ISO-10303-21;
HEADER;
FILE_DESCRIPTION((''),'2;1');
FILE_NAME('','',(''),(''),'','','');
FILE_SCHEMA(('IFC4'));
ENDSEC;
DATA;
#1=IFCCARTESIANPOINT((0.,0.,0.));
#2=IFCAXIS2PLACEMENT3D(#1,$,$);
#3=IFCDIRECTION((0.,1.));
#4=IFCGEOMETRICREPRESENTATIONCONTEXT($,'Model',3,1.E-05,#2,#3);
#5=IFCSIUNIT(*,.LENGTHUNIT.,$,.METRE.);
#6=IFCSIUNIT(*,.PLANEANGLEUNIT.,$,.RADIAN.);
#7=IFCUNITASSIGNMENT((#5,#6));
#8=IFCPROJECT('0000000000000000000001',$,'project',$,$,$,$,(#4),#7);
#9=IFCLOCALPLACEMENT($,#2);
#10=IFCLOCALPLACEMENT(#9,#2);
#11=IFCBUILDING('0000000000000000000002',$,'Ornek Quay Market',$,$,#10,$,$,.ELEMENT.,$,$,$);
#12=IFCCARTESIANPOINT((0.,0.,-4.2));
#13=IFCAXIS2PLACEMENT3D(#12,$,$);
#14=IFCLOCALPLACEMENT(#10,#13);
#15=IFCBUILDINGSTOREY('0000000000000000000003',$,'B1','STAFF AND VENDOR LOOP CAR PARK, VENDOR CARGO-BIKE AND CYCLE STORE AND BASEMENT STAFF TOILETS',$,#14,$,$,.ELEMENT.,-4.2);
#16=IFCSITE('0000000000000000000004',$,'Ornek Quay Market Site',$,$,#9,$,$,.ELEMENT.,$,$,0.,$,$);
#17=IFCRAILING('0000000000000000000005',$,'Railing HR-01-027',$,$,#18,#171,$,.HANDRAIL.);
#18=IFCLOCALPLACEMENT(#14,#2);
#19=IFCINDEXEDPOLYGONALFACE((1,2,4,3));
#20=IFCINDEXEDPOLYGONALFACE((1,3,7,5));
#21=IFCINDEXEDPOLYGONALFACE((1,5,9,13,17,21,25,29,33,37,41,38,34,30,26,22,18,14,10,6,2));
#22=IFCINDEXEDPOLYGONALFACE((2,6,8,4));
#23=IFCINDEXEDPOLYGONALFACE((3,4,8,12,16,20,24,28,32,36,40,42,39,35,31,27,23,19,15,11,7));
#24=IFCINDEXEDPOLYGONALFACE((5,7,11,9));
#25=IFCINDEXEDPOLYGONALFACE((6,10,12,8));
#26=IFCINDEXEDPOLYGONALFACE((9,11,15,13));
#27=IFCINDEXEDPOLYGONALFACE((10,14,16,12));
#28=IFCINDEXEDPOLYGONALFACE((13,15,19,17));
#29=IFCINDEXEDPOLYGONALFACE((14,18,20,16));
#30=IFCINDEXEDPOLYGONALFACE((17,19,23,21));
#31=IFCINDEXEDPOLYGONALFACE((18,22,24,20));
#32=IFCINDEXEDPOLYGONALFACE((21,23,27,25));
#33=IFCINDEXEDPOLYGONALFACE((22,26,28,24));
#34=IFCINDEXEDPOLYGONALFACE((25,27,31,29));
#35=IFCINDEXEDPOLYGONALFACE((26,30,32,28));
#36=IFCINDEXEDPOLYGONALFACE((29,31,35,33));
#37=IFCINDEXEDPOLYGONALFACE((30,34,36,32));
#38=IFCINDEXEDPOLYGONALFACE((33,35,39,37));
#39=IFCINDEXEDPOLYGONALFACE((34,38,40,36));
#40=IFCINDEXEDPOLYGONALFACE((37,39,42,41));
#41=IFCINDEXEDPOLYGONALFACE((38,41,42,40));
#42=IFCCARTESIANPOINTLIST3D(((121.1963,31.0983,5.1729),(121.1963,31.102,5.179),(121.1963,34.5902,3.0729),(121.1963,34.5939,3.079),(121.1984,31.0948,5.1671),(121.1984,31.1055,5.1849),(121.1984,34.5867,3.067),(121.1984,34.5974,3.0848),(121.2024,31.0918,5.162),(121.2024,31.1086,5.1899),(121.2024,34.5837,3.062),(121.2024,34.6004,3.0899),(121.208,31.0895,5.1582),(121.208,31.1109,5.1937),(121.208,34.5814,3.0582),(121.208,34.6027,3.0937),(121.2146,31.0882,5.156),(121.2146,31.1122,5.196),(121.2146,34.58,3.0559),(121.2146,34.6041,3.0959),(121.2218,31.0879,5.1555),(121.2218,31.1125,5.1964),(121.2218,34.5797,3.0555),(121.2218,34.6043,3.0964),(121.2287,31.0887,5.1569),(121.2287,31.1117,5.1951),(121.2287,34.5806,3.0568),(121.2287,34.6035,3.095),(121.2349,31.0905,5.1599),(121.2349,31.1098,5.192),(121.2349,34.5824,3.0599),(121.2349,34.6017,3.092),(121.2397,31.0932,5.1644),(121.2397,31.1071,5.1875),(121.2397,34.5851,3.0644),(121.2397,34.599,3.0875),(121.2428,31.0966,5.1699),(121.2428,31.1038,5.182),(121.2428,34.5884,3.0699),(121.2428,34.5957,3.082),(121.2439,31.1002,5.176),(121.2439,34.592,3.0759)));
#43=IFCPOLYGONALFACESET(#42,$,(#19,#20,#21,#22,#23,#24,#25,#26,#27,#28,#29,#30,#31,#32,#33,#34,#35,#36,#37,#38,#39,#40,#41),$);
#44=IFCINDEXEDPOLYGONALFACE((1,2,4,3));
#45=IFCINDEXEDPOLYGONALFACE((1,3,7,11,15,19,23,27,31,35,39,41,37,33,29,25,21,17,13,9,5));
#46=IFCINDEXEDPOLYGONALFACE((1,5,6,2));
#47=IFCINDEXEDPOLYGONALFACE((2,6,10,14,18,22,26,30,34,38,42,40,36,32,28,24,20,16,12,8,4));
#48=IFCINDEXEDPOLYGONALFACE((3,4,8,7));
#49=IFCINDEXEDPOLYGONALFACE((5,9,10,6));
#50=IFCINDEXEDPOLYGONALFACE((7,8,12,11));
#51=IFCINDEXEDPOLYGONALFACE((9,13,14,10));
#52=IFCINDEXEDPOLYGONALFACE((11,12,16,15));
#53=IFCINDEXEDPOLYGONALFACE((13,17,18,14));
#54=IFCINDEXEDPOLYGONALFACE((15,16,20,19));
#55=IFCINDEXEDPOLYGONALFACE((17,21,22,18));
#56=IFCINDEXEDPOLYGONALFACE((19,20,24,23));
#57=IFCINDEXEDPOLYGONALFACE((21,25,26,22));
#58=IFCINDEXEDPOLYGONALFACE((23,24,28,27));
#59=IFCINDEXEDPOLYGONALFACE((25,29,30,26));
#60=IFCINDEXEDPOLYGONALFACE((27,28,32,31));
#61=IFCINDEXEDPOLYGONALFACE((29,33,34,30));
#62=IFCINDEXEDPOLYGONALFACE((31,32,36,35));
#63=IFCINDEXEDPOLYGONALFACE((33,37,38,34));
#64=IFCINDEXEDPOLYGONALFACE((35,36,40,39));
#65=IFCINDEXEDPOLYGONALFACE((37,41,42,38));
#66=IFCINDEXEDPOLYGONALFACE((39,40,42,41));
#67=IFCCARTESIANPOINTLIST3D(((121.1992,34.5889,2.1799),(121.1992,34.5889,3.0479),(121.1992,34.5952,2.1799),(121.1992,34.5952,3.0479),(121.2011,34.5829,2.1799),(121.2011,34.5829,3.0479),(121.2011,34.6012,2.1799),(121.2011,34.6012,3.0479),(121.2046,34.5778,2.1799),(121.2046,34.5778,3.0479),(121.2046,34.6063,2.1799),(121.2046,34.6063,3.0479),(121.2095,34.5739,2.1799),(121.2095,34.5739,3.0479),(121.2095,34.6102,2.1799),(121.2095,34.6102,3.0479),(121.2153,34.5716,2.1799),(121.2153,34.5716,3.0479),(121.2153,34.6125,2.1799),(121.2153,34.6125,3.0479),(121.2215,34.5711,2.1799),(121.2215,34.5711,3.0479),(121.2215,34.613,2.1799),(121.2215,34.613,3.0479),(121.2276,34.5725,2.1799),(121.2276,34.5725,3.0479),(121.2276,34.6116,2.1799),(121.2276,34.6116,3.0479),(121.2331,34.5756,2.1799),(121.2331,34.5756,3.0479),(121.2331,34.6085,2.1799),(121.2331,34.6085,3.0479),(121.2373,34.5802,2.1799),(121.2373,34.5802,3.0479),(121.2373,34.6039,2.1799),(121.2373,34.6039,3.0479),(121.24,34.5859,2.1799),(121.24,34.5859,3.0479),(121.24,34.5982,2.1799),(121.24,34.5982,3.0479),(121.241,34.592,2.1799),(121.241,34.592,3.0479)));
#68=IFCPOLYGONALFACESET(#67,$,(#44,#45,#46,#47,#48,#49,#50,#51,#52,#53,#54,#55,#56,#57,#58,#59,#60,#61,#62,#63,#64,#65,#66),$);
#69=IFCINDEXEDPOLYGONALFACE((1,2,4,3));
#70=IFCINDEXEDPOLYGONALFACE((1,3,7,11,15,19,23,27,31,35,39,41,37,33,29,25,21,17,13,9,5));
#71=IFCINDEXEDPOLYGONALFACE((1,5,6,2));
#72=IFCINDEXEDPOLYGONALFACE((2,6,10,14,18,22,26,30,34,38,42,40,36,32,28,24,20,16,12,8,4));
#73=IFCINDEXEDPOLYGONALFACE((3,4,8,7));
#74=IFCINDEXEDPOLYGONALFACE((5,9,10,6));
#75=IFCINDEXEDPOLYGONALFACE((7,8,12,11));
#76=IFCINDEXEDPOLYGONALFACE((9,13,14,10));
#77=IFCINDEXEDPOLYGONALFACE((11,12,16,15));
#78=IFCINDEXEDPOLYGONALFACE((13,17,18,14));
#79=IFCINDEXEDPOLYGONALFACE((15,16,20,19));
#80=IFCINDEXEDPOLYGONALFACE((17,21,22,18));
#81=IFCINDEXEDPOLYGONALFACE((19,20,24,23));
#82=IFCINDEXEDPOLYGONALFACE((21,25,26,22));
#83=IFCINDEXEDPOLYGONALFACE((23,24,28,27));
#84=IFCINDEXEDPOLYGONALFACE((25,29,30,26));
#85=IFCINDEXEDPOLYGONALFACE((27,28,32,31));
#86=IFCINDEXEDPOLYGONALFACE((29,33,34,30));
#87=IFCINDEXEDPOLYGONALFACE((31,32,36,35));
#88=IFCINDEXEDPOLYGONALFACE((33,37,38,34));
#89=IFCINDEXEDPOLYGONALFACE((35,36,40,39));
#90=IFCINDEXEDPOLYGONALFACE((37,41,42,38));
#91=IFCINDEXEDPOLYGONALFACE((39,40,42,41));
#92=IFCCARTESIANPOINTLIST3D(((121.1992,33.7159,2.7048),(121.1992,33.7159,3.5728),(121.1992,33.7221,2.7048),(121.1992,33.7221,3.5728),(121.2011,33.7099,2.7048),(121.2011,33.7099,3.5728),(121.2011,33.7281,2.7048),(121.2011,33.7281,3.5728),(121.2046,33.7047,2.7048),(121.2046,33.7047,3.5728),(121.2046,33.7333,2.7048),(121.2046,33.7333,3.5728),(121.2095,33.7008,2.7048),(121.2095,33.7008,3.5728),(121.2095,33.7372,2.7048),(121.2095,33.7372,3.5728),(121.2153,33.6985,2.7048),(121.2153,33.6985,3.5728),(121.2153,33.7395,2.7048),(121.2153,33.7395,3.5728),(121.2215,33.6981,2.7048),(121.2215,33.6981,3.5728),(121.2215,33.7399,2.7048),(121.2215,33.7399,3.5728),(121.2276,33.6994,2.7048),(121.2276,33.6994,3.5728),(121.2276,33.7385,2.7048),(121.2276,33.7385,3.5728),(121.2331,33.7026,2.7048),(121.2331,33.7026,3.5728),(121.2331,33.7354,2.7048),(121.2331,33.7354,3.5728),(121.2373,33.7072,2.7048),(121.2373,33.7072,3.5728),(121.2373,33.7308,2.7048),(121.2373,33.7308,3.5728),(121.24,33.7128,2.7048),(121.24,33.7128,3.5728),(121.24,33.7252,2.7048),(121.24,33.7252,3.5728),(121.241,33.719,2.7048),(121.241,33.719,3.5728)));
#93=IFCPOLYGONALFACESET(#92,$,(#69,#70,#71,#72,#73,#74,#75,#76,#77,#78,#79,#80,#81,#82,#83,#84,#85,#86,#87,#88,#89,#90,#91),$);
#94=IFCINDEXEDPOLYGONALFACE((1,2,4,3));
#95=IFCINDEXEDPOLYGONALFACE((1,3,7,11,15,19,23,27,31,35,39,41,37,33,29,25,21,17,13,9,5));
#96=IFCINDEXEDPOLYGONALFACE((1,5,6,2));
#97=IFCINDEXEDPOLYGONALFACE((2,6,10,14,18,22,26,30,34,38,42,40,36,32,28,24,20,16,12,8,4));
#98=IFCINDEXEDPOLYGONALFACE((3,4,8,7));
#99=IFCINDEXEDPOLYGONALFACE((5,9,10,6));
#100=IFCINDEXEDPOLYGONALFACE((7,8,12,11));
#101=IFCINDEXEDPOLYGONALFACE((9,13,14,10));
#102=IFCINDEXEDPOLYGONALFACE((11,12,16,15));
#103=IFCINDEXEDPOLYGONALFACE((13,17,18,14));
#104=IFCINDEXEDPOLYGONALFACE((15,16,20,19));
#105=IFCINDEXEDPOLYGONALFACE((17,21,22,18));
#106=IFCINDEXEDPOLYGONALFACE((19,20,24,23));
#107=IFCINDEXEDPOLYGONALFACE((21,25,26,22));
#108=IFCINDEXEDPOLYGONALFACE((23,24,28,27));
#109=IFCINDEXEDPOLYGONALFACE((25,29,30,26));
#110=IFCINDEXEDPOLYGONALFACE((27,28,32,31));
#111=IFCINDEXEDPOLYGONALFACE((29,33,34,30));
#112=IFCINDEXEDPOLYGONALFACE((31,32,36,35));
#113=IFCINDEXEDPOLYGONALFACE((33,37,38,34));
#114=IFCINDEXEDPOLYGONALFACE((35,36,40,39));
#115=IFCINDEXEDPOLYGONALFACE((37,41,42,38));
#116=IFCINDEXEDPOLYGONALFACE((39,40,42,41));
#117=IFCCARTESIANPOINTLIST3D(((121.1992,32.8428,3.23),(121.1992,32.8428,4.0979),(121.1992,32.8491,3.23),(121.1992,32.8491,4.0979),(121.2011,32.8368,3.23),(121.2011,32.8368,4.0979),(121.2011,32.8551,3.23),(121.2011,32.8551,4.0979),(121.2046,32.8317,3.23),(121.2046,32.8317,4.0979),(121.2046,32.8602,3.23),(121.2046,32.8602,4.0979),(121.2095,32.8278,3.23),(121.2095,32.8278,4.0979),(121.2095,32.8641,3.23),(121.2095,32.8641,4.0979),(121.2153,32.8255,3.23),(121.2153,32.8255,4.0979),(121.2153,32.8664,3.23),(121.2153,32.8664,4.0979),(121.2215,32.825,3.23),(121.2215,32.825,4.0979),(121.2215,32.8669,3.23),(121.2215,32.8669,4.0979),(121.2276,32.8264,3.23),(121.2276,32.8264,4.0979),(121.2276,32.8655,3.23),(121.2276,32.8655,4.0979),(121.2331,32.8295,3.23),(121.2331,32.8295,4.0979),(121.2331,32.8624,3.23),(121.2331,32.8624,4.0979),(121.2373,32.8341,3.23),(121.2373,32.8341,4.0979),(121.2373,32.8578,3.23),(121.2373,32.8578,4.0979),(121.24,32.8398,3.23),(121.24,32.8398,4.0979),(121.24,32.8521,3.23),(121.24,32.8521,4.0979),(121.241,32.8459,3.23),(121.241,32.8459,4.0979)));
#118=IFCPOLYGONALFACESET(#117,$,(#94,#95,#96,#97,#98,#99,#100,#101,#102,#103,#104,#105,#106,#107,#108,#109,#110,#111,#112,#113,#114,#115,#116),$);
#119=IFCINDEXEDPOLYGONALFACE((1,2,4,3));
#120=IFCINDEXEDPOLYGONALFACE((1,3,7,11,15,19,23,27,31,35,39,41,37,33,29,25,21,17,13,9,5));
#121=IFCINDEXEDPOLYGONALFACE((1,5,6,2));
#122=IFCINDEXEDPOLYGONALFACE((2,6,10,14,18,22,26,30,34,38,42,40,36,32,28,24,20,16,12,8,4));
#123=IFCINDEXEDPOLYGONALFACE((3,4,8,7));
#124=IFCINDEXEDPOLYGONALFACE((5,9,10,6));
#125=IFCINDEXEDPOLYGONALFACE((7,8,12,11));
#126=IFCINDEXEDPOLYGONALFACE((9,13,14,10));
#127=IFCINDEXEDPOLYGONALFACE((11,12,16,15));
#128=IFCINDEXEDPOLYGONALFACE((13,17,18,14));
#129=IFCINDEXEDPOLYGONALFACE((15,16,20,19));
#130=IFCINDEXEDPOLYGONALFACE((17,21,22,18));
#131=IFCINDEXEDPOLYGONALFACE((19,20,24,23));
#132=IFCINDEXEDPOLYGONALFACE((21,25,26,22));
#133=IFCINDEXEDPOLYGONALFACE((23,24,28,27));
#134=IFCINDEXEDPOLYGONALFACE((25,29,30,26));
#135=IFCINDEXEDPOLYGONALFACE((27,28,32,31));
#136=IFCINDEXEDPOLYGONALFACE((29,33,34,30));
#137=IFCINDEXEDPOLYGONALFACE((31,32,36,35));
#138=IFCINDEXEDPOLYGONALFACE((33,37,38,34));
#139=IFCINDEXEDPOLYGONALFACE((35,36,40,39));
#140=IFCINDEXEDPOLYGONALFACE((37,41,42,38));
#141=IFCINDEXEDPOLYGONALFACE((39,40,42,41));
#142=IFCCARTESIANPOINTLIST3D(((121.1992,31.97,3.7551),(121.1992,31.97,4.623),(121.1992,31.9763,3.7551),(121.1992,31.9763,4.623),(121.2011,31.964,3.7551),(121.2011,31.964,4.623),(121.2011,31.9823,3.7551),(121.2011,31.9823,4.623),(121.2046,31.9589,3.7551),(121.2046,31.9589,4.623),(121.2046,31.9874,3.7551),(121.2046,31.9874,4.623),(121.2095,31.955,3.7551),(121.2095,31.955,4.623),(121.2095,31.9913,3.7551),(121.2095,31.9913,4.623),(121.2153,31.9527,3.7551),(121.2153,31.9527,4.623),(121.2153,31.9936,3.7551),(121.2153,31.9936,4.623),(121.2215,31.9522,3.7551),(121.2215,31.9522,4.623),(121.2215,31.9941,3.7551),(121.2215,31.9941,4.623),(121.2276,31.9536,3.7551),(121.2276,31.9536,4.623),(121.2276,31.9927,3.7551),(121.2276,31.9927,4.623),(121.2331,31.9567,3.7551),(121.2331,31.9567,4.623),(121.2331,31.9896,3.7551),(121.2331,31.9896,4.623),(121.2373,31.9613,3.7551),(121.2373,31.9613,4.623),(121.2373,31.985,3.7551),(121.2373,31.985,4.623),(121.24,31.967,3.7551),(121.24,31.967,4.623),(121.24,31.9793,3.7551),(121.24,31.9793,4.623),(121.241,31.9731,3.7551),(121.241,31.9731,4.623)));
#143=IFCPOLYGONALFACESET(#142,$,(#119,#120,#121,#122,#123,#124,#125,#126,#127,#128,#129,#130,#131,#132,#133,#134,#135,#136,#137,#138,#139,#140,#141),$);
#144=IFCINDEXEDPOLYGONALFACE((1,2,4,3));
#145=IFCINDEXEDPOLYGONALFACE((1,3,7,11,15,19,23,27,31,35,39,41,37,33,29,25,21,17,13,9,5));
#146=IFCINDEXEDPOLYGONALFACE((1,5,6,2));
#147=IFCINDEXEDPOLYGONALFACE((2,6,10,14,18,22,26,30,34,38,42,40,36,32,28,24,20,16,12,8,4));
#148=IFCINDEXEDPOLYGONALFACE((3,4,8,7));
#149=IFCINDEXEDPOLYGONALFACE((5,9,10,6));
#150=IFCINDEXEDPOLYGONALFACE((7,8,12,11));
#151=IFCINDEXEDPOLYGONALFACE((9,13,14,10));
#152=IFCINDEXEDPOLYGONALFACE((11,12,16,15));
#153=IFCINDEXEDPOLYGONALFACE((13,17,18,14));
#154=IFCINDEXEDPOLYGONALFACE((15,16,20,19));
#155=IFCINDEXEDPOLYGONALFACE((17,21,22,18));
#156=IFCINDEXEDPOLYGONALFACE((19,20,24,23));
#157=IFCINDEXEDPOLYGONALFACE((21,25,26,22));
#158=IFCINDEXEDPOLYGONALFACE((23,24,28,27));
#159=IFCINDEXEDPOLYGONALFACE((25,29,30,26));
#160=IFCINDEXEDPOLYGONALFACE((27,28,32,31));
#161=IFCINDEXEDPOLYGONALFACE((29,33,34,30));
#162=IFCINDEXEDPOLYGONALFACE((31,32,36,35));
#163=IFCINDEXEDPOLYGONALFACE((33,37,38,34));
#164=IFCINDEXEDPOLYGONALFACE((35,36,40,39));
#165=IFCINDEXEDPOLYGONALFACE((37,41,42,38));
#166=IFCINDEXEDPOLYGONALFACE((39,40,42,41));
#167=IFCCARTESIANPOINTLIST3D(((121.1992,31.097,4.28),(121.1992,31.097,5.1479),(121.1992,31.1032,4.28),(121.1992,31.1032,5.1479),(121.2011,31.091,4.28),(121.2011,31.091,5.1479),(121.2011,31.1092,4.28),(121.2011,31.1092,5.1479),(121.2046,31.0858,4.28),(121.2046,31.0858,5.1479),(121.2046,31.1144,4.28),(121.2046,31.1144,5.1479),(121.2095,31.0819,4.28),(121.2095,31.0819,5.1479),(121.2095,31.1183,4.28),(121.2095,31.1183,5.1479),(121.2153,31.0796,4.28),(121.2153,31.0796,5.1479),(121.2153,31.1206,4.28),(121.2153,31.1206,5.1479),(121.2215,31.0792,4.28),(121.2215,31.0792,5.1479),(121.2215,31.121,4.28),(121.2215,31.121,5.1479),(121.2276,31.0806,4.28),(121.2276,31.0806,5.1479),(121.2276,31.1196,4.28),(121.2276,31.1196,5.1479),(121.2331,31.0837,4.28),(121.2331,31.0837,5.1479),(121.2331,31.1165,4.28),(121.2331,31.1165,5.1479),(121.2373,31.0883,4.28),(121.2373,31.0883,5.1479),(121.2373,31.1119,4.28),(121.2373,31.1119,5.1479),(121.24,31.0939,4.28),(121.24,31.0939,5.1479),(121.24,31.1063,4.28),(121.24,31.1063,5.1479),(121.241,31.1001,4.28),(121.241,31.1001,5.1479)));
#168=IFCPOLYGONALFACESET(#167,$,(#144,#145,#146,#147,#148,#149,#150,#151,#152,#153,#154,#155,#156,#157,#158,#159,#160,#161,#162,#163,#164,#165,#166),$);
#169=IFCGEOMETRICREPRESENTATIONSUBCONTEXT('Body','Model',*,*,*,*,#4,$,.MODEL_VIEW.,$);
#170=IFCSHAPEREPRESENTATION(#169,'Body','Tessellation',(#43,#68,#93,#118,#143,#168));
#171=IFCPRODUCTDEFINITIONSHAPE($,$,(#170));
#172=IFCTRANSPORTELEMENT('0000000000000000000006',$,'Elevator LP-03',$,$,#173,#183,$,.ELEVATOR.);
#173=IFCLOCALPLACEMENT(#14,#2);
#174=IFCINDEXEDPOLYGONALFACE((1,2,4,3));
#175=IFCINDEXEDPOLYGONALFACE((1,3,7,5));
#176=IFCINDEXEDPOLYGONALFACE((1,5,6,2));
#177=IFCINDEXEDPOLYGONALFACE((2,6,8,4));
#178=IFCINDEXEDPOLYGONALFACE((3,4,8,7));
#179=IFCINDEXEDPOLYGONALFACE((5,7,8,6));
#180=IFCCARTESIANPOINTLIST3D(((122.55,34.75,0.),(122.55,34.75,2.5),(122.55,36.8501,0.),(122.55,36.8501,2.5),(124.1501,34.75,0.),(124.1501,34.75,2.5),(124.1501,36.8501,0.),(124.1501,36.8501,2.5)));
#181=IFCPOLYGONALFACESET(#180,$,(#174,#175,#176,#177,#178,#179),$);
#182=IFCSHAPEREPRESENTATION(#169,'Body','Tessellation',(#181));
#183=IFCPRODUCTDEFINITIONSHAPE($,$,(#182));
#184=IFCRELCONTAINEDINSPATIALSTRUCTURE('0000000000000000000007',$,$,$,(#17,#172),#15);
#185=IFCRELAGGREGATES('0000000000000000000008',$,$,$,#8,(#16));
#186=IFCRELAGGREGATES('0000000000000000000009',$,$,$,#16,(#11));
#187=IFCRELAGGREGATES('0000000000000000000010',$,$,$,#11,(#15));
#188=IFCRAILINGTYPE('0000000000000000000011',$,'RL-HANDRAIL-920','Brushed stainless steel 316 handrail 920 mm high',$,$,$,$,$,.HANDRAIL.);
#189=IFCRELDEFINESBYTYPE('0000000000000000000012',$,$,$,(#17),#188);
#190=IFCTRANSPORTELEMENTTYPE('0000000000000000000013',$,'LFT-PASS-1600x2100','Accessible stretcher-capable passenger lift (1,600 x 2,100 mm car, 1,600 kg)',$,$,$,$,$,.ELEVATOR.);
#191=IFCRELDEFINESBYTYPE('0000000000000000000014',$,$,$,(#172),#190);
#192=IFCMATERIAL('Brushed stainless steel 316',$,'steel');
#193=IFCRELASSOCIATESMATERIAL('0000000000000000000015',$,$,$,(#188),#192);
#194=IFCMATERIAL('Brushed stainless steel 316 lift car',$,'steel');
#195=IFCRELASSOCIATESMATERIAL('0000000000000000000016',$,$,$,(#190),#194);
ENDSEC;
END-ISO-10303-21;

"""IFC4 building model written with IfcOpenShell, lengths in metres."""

from ifc_helpers import new_model, si_unit, direction, frame, origin, origin_2d, place, context, subcontext, project, spatial, rectangle, circle, extrude, material, type_object, element, save


model = new_model("IFC4")

# Units and contexts
model_context = context("Model", 3, precision=1e-05, world=origin(), true_north=direction((0.0, 1.0)))
body_context = subcontext(model_context, "Body", "Model", "MODEL_VIEW")
ifc_project = project(units=[si_unit("LENGTHUNIT", "METRE"), si_unit("PLANEANGLEUNIT", "RADIAN")], contexts=[model_context])

# Site, building, storey
site_placement = place(None, origin())
site = spatial("IfcSite", under=ifc_project, at=site_placement, Name="Ornek Quay Market Site", CompositionType="ELEMENT", RefElevation=0.0)
building_placement = place(site_placement, origin())
building = spatial("IfcBuilding", under=site, at=building_placement, Name="Ornek Quay Market", CompositionType="ELEMENT")
storey_placement = place(building_placement, frame((0.0, 0.0, -4.2)))
storey = spatial("IfcBuildingStorey", under=building, at=storey_placement, Name="B1", Description="STAFF AND VENDOR LOOP CAR PARK, VENDOR CARGO-BIKE AND CYCLE STORE AND BASEMENT STAFF TOILETS", CompositionType="ELEMENT", Elevation=-4.2)

# Railing
ifc_material_1 = material(Name="Brushed stainless steel 316", Category="steel")
railing_type = type_object("IfcRailingType", Name="RL-HANDRAIL-920", Description="Brushed stainless steel 316 handrail 920 mm high", PredefinedType="HANDRAIL", material=ifc_material_1)
railing_placement = place(storey_placement, frame((121.22, 34.592, 2.1799)))
element("IfcRailing", 1, at=railing_placement, inside=storey, type_object=railing_type, Name="Railing HR-01-027", PredefinedType="HANDRAIL", context=body_context, shape_type="SweptSolid", body=[
    extrude(circle(Radius=0.0239, at=origin_2d()), frame((0.0, 0.0, 0.896), z_axis=(0.0, -0.856959, 0.515385), x_axis=(1.0, 0.0, 0.0)), (0.0, 0.0, 1.0), 4.0747),
    extrude(circle(Radius=0.021, at=origin_2d()), origin(), (0.0, 0.0, 1.0), 0.8679),
    extrude(circle(Radius=0.021, at=origin_2d()), frame((0.0, -0.873, 0.5249)), (0.0, 0.0, 1.0), 0.8679),
    extrude(circle(Radius=0.021, at=origin_2d()), frame((0.0, -1.7461, 1.05)), (0.0, 0.0, 1.0), 0.8679),
    extrude(circle(Radius=0.021, at=origin_2d()), frame((0.0, -2.6189, 1.5752)), (0.0, 0.0, 1.0), 0.8679),
    extrude(circle(Radius=0.021, at=origin_2d()), frame((0.0, -3.4919, 2.1001)), (0.0, 0.0, 1.0), 0.8679),
])

# Transport element
ifc_material_2 = material(Name="Brushed stainless steel 316 lift car", Category="steel")
transport_element_type = type_object("IfcTransportElementType", Name="LFT-PASS-1600x2100", Description="Accessible stretcher-capable passenger lift (1,600 x 2,100 mm car, 1,600 kg)", PredefinedType="ELEVATOR", material=ifc_material_2)
transport_element_placement = place(storey_placement, frame((123.3501, 35.8, 0.0), z_axis=(0.0, 0.0, 1.0), x_axis=(1.0, 0.0, 0.0)))
element("IfcTransportElement", 2, at=transport_element_placement, inside=storey, type_object=transport_element_type, Name="Elevator LP-03", PredefinedType="ELEVATOR", context=body_context, shape_type="SweptSolid", body=[
    extrude(rectangle(XDim=1.6001, YDim=2.1001, at=origin_2d()), origin(), (0.0, 0.0, 1.0), 2.5),
])

save(model, "model.ifc")
